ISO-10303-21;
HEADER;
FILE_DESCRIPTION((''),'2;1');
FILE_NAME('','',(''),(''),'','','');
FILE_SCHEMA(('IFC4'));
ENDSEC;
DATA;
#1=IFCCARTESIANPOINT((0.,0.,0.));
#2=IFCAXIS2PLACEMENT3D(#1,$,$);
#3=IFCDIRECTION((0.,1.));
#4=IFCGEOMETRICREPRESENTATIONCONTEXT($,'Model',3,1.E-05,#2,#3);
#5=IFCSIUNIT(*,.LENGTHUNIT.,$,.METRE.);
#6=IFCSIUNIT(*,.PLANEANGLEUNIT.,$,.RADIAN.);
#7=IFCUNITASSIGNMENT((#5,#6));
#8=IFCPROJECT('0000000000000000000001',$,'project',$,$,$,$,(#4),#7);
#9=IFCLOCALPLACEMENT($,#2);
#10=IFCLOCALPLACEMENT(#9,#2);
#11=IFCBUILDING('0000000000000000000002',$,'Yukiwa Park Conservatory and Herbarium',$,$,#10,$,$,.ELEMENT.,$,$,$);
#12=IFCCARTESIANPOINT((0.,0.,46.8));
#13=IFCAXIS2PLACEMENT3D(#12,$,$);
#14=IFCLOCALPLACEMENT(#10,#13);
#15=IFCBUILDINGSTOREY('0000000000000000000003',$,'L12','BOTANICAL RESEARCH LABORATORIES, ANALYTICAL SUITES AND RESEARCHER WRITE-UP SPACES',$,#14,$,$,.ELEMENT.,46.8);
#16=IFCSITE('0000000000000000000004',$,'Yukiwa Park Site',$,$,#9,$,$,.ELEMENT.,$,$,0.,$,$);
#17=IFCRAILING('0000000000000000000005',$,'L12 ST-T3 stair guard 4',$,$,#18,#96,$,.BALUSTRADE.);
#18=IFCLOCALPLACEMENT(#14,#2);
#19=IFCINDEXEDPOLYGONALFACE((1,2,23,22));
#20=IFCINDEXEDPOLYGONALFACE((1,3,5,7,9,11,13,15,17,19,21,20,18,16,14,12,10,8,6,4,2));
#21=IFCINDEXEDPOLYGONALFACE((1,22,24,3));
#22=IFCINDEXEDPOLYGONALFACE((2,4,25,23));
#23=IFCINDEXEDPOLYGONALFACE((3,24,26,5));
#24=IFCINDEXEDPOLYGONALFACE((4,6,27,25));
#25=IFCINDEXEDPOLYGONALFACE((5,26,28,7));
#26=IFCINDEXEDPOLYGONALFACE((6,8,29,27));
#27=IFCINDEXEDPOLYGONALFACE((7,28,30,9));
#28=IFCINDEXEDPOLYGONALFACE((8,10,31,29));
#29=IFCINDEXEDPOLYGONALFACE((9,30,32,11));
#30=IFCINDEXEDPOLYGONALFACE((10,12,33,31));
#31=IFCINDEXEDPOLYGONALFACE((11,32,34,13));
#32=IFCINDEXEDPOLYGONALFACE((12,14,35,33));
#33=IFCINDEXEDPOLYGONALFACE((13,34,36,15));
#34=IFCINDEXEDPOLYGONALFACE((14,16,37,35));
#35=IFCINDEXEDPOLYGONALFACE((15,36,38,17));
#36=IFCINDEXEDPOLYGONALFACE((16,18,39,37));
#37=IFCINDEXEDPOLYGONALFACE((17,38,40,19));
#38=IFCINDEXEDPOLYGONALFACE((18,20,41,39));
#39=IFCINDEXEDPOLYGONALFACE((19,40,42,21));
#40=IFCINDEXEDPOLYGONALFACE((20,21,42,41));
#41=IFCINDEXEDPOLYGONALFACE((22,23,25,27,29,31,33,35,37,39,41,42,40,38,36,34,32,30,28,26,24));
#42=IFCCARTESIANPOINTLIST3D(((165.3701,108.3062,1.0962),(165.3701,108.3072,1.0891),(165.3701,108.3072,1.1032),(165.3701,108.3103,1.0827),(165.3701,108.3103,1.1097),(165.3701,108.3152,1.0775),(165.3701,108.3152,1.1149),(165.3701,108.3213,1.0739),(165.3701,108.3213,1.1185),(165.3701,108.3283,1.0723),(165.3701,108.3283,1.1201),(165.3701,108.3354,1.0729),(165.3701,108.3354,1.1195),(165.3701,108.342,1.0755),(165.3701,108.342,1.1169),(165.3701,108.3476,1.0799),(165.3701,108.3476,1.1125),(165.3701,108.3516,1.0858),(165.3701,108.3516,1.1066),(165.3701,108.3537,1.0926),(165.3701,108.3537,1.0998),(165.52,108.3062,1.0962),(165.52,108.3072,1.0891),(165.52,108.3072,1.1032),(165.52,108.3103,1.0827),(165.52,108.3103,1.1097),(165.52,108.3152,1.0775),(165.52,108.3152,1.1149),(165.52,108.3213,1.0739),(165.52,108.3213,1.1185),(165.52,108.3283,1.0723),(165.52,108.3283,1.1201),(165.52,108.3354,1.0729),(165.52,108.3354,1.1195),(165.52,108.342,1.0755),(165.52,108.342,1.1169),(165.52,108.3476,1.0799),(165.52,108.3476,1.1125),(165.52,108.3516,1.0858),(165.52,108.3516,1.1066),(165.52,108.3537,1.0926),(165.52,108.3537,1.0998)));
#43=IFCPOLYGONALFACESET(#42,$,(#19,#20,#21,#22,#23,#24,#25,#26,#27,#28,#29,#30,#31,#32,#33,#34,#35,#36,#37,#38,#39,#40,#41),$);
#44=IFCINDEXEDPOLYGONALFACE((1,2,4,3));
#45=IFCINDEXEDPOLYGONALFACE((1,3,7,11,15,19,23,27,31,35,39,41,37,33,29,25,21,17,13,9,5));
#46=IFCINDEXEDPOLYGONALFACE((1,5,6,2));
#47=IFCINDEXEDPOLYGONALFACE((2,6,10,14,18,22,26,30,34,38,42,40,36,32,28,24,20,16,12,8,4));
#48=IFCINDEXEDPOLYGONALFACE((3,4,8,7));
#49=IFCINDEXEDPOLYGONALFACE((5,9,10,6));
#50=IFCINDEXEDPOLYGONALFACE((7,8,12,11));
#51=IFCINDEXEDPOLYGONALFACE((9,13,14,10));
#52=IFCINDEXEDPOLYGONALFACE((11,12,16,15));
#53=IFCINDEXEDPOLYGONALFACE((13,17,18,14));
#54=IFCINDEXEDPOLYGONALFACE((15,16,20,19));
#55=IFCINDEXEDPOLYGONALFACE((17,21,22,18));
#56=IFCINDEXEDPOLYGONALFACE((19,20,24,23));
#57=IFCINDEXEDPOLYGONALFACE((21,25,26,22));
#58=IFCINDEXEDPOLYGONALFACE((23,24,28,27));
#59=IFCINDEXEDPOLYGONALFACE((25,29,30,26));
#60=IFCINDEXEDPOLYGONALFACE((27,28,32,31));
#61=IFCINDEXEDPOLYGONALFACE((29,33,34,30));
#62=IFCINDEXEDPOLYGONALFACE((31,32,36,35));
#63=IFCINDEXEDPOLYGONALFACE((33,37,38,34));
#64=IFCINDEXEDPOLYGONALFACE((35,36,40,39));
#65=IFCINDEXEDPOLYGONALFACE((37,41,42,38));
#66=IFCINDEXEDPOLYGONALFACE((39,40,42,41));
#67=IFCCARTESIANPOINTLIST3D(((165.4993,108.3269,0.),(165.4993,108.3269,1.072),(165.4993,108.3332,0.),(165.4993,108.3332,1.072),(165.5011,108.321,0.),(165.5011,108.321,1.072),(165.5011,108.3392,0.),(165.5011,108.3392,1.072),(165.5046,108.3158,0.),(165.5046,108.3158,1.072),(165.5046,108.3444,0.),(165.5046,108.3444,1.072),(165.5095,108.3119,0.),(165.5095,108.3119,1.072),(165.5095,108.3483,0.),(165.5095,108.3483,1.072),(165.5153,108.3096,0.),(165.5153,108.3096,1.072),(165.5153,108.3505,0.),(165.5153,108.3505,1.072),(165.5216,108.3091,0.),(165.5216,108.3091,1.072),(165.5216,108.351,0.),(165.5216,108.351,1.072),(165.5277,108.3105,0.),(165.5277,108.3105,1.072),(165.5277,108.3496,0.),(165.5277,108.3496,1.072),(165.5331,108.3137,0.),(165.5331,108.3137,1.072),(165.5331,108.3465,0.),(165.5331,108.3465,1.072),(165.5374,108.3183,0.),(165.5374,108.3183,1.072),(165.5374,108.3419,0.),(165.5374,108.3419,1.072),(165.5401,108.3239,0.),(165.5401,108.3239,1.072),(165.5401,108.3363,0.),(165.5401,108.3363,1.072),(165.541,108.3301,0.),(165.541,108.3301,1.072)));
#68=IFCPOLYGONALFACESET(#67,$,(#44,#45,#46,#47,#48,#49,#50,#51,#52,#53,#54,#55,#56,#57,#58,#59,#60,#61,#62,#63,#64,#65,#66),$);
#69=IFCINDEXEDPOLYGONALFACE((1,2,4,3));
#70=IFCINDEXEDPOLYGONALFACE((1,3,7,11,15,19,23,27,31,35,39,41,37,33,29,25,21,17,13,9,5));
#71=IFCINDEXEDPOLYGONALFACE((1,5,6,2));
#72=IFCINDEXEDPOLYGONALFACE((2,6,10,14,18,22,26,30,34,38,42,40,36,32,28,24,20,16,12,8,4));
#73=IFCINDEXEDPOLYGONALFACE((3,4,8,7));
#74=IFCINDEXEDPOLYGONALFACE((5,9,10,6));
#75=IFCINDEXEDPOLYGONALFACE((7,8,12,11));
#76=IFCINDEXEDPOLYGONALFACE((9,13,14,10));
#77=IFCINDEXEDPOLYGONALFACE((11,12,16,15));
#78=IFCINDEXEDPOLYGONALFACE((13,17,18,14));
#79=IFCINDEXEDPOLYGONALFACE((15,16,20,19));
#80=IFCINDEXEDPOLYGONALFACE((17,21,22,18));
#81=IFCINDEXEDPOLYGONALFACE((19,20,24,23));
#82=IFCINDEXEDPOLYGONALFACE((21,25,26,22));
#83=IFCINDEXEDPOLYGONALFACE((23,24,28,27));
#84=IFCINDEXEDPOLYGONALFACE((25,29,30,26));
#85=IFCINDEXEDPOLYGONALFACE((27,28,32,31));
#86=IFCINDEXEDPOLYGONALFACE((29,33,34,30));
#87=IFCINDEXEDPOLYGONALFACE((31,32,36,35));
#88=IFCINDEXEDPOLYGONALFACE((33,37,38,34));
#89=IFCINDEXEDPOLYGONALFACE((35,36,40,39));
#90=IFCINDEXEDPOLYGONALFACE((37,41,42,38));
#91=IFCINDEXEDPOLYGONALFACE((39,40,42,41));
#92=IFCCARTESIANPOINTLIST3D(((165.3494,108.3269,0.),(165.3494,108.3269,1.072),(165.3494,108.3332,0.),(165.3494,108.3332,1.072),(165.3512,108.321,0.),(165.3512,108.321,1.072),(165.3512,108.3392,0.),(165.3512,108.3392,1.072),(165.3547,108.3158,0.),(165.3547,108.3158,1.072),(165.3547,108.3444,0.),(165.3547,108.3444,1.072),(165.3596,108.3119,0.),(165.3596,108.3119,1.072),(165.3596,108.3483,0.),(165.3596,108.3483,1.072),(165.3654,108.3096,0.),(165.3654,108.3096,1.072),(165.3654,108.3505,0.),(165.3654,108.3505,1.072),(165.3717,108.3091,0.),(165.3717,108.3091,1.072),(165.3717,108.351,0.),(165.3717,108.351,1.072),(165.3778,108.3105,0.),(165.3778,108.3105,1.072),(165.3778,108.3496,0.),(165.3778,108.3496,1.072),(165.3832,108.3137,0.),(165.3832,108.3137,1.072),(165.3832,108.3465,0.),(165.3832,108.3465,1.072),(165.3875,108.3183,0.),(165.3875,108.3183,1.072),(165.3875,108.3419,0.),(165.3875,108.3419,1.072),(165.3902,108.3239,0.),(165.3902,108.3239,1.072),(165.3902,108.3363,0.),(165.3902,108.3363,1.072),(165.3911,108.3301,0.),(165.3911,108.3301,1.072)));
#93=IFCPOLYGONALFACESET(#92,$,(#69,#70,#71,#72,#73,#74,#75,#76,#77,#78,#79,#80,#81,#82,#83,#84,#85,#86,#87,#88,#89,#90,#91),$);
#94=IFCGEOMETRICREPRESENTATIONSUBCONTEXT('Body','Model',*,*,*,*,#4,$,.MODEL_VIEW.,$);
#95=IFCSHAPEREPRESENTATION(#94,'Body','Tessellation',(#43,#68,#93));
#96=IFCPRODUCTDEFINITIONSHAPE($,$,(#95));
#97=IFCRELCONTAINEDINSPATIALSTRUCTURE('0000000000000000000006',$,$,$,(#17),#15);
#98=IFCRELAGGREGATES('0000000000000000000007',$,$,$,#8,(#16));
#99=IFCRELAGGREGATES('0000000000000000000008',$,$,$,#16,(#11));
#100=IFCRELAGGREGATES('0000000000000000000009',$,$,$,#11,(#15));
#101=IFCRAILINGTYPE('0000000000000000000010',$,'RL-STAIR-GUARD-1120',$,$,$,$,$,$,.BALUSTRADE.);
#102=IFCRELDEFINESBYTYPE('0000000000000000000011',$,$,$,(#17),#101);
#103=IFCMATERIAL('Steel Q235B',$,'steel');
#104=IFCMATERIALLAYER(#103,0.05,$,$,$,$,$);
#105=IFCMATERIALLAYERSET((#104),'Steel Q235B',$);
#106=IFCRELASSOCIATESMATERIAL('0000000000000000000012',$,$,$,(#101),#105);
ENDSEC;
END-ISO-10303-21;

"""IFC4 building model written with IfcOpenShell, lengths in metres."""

from ifc_helpers import new_model, si_unit, direction, frame, origin, origin_2d, place, context, subcontext, project, spatial, circle, extrude, material, layer, layer_set, type_object, element, save


model = new_model("IFC4")

# Units and contexts
model_context = context("Model", 3, precision=1e-05, world=origin(), true_north=direction((0.0, 1.0)))
body_context = subcontext(model_context, "Body", "Model", "MODEL_VIEW")
ifc_project = project(units=[si_unit("LENGTHUNIT", "METRE"), si_unit("PLANEANGLEUNIT", "RADIAN")], contexts=[model_context])

# Site, building, storey
site_placement = place(None, origin())
site = spatial("IfcSite", under=ifc_project, at=site_placement, Name="Yukiwa Park Site", CompositionType="ELEMENT", RefElevation=0.0)
building_placement = place(site_placement, origin())
building = spatial("IfcBuilding", under=site, at=building_placement, Name="Yukiwa Park Conservatory and Herbarium", CompositionType="ELEMENT")
storey_placement = place(building_placement, frame((0.0, 0.0, 46.8)))
storey = spatial("IfcBuildingStorey", under=building, at=storey_placement, Name="L12", Description="BOTANICAL RESEARCH LABORATORIES, ANALYTICAL SUITES AND RESEARCHER WRITE-UP SPACES", CompositionType="ELEMENT", Elevation=46.8)

# Railing
ifc_material_1 = material(Name="Steel Q235B", Category="steel")
ifc_layer_1 = layer(ifc_material_1, 0.05)
ifc_layer_set_1 = layer_set([ifc_layer_1], Name="Steel Q235B")
railing_type_1 = type_object("IfcRailingType", Name="RL-STAIR-GUARD-1120", PredefinedType="BALUSTRADE", material=ifc_layer_set_1)
railing_1_placement = place(storey_placement, frame((165.52, 108.3301, 0.0)))
element("IfcRailing", 1, at=railing_1_placement, inside=storey, type_object=railing_type_1, Name="L12 ST-T3 stair guard 4", PredefinedType="BALUSTRADE", context=body_context, shape_type="SweptSolid", body=[
    extrude(circle(Radius=0.0239, at=origin_2d()), frame((0.0, 0.0, 1.0962), z_axis=(-1.0, 0.0, 0.0), x_axis=(0.0, -1.0, 0.0)), (0.0, 0.0, 1.0), 0.1499),
    extrude(circle(Radius=0.021, at=origin_2d()), origin(), (0.0, 0.0, 1.0), 1.072),
    extrude(circle(Radius=0.021, at=origin_2d()), frame((-0.1499, 0.0, 0.0)), (0.0, 0.0, 1.0), 1.072),
])

save(model, "model.ifc")
